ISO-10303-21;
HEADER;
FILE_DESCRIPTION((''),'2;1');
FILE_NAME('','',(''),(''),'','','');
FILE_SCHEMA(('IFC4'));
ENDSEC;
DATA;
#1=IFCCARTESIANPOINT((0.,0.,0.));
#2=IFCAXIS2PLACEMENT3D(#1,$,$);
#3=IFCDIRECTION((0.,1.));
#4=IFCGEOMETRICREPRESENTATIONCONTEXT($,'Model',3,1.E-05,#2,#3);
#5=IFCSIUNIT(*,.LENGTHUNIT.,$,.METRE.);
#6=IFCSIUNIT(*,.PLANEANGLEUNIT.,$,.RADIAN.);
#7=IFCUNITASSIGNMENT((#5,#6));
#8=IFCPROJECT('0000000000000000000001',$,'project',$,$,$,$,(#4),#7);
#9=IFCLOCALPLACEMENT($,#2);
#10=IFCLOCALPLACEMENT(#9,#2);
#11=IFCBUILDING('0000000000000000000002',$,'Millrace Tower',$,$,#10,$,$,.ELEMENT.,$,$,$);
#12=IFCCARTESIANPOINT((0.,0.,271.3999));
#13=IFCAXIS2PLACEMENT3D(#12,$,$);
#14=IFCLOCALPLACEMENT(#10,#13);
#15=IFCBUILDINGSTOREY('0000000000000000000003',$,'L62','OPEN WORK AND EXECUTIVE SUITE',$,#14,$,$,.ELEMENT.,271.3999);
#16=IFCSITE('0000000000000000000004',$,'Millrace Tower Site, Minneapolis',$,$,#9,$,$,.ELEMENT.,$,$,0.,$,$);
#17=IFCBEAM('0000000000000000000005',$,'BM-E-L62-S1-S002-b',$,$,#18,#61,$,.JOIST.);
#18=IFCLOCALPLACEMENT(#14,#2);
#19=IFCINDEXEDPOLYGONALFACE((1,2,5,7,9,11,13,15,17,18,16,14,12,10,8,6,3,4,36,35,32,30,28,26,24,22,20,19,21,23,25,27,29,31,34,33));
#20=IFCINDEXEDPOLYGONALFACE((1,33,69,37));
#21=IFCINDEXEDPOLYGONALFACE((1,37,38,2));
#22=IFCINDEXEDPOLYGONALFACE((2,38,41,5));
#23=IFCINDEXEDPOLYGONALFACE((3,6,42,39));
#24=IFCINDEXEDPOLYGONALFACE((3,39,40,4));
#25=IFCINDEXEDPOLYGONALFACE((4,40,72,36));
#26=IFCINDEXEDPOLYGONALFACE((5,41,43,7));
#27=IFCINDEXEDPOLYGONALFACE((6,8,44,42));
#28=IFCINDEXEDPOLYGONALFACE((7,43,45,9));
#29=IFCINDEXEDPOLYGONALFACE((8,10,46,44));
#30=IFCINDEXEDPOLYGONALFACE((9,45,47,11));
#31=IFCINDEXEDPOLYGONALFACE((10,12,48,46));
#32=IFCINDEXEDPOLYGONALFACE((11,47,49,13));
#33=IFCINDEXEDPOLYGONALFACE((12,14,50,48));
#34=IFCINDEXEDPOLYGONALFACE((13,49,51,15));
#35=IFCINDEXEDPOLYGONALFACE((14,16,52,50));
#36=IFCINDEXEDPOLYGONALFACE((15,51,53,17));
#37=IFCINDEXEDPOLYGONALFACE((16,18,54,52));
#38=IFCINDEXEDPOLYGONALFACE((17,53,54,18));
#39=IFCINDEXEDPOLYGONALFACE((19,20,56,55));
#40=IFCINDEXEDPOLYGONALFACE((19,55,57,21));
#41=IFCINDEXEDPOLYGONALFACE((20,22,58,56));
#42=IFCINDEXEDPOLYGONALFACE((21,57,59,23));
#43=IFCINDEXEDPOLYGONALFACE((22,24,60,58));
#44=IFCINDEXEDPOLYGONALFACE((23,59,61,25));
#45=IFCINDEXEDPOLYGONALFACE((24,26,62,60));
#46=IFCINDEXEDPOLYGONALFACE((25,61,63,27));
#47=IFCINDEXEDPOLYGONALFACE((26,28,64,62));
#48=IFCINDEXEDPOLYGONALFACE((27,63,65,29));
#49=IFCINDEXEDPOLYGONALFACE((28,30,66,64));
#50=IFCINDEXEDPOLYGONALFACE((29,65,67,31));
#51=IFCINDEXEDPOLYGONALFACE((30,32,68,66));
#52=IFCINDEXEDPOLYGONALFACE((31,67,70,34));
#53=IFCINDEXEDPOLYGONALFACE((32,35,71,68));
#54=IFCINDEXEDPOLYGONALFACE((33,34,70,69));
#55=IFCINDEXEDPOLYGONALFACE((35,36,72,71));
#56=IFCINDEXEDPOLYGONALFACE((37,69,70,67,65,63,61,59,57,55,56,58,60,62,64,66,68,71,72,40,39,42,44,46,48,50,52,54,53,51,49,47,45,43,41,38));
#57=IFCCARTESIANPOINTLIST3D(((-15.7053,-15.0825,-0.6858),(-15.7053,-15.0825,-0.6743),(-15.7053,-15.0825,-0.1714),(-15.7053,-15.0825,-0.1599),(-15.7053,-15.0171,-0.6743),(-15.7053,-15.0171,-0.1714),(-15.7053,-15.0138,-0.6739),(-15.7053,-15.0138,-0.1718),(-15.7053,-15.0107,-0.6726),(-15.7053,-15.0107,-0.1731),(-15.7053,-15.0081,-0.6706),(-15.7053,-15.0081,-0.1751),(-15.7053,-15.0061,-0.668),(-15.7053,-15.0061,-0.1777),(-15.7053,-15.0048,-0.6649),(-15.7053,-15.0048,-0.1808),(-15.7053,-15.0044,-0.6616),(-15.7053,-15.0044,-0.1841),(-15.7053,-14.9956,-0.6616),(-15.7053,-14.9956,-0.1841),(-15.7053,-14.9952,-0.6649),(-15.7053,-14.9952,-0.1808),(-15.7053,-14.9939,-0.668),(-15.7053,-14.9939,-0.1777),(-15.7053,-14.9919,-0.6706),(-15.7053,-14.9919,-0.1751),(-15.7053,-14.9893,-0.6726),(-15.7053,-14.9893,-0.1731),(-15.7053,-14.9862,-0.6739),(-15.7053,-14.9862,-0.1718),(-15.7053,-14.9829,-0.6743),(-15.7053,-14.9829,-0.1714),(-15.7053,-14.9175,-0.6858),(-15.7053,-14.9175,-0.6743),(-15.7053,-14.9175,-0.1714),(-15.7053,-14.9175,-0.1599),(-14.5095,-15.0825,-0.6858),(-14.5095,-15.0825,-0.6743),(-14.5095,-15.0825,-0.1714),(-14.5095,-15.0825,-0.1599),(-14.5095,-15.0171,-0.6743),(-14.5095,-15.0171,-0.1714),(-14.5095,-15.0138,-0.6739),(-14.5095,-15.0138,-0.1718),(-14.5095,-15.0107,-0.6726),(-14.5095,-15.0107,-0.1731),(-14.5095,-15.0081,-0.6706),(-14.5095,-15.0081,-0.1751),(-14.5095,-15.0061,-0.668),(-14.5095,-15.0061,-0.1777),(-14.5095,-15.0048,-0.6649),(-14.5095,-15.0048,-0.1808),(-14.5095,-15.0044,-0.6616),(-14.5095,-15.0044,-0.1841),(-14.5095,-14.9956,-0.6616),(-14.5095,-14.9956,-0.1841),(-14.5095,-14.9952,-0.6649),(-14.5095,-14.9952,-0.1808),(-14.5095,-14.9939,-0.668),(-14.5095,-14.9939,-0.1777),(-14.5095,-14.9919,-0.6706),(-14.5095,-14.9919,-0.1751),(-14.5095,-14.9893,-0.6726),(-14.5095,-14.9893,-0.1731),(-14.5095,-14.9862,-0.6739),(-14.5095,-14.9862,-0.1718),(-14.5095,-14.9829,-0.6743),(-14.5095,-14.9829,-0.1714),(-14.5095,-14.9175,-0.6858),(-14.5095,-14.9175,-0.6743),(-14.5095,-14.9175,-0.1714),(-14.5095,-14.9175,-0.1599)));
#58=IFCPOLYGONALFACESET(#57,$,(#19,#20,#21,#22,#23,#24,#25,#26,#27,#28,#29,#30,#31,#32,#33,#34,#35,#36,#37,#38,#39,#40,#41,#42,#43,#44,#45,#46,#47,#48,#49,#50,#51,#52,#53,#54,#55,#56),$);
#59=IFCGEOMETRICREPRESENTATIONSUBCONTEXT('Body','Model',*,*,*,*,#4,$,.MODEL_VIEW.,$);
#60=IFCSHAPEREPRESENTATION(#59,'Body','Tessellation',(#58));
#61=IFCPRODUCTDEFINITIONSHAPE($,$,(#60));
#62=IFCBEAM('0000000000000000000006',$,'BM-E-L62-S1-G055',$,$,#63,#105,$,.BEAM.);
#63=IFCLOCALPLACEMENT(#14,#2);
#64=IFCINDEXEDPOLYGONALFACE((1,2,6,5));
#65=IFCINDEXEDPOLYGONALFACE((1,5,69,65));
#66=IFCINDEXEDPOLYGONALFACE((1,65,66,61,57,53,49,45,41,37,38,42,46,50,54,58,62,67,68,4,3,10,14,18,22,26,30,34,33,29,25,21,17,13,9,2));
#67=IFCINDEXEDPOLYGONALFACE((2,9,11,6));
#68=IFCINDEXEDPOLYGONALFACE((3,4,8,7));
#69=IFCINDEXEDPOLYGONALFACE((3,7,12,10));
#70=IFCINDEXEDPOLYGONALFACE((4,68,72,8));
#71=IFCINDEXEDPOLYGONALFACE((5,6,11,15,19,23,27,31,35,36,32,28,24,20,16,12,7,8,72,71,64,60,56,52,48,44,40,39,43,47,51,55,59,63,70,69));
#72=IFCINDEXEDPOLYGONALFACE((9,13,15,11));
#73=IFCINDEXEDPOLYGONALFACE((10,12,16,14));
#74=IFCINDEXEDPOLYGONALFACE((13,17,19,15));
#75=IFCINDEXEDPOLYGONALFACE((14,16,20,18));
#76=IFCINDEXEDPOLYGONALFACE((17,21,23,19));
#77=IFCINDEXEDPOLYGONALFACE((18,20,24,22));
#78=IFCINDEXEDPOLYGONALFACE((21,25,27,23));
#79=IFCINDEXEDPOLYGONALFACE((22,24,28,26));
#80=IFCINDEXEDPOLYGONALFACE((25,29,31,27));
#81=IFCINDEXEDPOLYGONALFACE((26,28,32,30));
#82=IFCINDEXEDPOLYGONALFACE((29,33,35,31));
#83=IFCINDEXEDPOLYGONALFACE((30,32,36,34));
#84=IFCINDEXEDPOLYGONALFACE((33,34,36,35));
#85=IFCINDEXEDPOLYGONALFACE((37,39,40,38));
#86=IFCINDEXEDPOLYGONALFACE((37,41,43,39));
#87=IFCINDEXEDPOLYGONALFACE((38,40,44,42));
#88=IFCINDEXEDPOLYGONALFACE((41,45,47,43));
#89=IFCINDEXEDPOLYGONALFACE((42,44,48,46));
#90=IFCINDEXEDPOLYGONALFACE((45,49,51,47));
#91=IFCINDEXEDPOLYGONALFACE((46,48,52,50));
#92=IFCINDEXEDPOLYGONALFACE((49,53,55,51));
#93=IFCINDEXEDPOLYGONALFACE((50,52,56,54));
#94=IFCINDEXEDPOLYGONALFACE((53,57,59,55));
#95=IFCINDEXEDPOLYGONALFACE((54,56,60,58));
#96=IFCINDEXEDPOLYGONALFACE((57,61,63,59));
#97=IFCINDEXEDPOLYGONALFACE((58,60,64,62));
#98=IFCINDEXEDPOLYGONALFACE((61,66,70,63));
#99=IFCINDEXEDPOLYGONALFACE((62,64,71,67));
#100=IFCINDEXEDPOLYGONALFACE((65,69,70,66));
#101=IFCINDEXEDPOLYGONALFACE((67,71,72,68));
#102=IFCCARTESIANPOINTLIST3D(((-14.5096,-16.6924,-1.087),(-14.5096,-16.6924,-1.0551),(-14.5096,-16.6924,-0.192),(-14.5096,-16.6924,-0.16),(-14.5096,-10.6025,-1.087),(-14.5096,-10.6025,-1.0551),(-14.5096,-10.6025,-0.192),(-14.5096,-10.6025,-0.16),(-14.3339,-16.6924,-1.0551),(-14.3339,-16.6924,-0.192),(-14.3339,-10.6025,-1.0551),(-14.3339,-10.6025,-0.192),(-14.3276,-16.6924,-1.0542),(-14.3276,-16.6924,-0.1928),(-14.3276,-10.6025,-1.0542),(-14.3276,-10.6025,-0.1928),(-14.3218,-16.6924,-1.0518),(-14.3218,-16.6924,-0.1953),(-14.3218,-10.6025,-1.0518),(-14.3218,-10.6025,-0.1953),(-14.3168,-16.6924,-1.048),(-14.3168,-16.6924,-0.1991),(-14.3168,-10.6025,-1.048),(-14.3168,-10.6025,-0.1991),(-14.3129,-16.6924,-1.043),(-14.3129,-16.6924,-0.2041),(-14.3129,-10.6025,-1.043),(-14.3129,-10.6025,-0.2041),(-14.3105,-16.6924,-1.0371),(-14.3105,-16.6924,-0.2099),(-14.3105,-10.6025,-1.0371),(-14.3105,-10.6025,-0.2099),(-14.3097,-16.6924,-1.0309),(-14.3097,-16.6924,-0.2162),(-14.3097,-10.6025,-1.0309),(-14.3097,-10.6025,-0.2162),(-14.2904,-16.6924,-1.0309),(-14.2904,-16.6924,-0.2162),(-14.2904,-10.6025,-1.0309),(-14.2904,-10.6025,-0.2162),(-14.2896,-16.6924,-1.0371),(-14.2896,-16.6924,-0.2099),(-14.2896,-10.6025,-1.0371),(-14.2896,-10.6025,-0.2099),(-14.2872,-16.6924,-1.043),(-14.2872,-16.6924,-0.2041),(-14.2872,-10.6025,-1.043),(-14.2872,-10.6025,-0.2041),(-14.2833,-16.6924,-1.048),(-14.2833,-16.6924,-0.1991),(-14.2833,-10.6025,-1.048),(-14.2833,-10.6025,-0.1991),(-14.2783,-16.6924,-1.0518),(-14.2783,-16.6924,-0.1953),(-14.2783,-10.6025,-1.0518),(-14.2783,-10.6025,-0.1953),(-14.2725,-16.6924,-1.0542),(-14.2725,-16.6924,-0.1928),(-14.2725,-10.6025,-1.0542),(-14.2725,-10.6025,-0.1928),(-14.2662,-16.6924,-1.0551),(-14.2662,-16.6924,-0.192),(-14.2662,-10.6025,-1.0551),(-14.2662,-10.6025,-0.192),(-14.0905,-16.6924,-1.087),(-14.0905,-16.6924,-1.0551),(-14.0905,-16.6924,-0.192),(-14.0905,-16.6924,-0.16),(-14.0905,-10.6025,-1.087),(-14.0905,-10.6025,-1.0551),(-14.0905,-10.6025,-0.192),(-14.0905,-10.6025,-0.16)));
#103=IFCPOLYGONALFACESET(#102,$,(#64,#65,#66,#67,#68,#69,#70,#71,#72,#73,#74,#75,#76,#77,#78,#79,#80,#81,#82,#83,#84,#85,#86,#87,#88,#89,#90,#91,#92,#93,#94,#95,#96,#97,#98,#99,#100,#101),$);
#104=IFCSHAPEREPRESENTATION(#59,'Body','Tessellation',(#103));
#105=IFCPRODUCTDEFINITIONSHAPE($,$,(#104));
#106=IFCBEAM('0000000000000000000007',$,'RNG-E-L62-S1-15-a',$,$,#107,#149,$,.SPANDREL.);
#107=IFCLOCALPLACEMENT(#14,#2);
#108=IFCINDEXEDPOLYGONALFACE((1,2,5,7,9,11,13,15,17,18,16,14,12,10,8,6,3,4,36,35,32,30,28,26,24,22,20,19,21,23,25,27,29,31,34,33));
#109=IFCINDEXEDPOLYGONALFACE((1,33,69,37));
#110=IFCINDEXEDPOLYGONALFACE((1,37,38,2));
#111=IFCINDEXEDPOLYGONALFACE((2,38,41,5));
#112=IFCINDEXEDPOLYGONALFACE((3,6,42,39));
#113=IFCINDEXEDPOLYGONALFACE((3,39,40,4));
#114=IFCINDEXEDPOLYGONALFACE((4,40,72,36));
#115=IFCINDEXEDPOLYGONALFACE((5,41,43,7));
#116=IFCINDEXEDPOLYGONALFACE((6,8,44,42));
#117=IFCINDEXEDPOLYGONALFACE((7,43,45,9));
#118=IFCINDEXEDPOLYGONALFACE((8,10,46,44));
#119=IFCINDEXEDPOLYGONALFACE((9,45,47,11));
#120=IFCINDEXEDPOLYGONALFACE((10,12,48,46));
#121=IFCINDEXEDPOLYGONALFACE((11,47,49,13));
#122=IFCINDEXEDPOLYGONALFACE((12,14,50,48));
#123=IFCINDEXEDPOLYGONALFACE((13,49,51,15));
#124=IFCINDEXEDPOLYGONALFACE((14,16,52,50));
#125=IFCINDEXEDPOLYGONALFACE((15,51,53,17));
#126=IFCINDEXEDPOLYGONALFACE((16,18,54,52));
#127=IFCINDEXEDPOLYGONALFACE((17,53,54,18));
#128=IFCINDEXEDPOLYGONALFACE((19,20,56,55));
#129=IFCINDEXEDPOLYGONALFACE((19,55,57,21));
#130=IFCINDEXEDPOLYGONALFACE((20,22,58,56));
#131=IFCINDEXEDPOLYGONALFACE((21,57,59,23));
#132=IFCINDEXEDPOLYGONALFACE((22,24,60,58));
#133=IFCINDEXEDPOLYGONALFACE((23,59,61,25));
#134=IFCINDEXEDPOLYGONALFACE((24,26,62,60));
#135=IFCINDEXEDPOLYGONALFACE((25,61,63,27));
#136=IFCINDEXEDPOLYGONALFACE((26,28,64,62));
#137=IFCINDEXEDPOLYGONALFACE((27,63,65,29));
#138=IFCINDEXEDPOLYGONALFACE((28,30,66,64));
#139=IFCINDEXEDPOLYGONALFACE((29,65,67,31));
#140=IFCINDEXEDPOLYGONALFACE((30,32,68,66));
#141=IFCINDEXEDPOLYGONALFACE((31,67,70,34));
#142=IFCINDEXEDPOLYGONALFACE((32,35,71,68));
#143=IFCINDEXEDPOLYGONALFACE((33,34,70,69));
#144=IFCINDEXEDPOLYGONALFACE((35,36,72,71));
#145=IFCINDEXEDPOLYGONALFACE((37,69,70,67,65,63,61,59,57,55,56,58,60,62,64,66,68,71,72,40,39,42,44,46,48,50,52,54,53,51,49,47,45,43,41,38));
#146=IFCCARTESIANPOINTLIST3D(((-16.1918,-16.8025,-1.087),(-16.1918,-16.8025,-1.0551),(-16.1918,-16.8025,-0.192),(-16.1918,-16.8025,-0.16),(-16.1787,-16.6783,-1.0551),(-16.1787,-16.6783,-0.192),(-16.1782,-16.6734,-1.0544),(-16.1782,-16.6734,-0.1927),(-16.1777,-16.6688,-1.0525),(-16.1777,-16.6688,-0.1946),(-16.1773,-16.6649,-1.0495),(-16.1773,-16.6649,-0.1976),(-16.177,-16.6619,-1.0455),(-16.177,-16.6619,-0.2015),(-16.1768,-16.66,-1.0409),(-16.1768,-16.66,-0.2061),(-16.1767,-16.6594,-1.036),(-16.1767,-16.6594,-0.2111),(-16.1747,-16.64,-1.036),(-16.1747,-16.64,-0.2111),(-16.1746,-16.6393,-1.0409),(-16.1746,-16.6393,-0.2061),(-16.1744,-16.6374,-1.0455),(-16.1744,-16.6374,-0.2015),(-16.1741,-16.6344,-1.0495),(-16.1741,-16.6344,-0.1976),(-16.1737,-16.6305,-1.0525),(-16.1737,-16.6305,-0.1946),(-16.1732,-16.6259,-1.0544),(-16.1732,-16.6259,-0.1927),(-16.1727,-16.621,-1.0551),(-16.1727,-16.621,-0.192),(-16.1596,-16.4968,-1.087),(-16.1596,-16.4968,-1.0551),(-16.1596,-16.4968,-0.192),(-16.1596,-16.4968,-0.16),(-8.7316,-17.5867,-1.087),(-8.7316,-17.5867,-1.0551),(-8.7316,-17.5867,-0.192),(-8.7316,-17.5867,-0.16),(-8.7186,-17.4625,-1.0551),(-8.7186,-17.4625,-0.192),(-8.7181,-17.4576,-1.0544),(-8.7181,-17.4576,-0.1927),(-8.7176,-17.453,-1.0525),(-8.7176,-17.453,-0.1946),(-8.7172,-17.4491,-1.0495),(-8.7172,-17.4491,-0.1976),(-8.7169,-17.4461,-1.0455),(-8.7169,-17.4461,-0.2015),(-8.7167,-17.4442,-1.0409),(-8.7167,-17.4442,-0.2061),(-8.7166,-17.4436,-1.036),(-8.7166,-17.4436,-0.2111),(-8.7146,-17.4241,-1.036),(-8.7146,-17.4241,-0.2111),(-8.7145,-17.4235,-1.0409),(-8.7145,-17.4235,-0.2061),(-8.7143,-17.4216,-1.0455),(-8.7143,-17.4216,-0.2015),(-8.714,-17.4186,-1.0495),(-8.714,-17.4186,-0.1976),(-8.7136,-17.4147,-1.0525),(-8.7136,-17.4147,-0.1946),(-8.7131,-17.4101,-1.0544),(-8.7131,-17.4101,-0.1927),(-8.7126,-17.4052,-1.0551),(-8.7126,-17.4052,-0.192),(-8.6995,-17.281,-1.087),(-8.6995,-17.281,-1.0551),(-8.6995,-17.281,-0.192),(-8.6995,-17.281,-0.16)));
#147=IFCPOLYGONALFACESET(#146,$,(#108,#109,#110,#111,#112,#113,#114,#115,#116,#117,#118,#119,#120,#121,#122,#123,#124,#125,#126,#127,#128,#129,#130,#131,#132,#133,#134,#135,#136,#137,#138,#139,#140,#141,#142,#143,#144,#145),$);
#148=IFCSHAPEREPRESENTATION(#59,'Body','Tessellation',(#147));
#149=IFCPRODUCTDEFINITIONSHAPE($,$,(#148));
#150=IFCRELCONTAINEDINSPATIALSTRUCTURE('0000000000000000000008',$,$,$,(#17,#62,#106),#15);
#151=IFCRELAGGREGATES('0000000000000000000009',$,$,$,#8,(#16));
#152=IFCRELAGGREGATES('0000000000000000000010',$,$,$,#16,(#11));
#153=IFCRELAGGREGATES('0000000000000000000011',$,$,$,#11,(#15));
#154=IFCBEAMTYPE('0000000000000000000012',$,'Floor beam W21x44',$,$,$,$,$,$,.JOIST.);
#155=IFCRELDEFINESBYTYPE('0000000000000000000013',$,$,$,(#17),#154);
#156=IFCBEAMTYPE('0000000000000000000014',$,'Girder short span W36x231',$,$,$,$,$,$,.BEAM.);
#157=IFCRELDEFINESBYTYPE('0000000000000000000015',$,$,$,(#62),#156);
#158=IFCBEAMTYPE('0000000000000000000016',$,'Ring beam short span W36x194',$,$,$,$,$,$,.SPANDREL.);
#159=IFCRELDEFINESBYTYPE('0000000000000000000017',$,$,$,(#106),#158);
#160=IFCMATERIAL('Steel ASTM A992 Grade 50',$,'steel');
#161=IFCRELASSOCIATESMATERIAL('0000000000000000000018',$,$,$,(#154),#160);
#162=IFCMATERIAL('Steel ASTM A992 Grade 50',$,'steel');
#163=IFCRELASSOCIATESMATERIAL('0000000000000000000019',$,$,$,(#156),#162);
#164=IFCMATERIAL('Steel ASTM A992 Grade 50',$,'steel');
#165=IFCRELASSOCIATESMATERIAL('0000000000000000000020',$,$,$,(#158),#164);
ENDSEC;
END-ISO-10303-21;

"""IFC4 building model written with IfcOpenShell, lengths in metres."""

from ifc_helpers import new_model, si_unit, direction, frame, origin, origin_2d, place, context, subcontext, project, spatial, i_section, extrude, material, material_profile, profile_set, type_object, element, save


model = new_model("IFC4")

# Units and contexts
model_context = context("Model", 3, precision=1e-05, world=origin(), true_north=direction((0.0, 1.0)))
body_context = subcontext(model_context, "Body", "Model", "MODEL_VIEW")
ifc_project = project(units=[si_unit("LENGTHUNIT", "METRE"), si_unit("PLANEANGLEUNIT", "RADIAN")], contexts=[model_context])

# Site, building, storey
site_placement = place(None, origin())
site = spatial("IfcSite", under=ifc_project, at=site_placement, Name="Millrace Tower Site, Minneapolis", CompositionType="ELEMENT", RefElevation=0.0)
building_placement = place(site_placement, origin())
building = spatial("IfcBuilding", under=site, at=building_placement, Name="Millrace Tower", CompositionType="ELEMENT")
storey_placement = place(building_placement, frame((0.0, 0.0, 271.3999)))
storey = spatial("IfcBuildingStorey", under=building, at=storey_placement, Name="L62", Description="OPEN WORK AND EXECUTIVE SUITE", CompositionType="ELEMENT", Elevation=271.3999)

# Beams
ifc_material_1 = material(Name="Steel ASTM A992 Grade 50", Category="steel")
ifc_material_profile_1 = material_profile(ifc_material_1, i_section(OverallWidth=0.165, OverallDepth=0.5259, WebThickness=0.0088, FlangeThickness=0.0115, FilletRadius=0.0127, at=origin_2d()))
ifc_profile_set_1 = profile_set([ifc_material_profile_1], Name="Steel ASTM A992 Grade 50")
beam_type_1 = type_object("IfcBeamType", Name="Floor beam W21x44", PredefinedType="JOIST", material=ifc_profile_set_1)
beam_1_placement = place(storey_placement, frame((-15.7053, -15.0, -0.4229), z_axis=(1.0, 0.0, 0.0), x_axis=(0.0, 1.0, 0.0)))
element("IfcBeam", 1, at=beam_1_placement, inside=storey, type_object=beam_type_1, Name="BM-E-L62-S1-S002-b", PredefinedType="JOIST", context=body_context, shape_type="SweptSolid", body=[
    extrude(i_section(OverallWidth=0.165, OverallDepth=0.5259, WebThickness=0.0088, FlangeThickness=0.0115, FilletRadius=0.0127, at=origin_2d()), origin(), (0.0, 0.0, 1.0), 1.1958),
])
ifc_material_2 = material(Name="Steel ASTM A992 Grade 50", Category="steel")
ifc_material_profile_2 = material_profile(ifc_material_2, i_section(OverallWidth=0.4192, OverallDepth=0.927, WebThickness=0.0193, FlangeThickness=0.032, FilletRadius=0.0242, at=origin_2d()))
ifc_profile_set_2 = profile_set([ifc_material_profile_2], Name="Steel ASTM A992 Grade 50")
beam_type_2 = type_object("IfcBeamType", Name="Girder short span W36x231", PredefinedType="BEAM", material=ifc_profile_set_2)
beam_2_placement = place(storey_placement, frame((-14.3, -16.6924, -0.6235), z_axis=(0.0, 1.0, 0.0), x_axis=(-1.0, 0.0, 0.0)))
element("IfcBeam", 2, at=beam_2_placement, inside=storey, type_object=beam_type_2, Name="BM-E-L62-S1-G055", PredefinedType="BEAM", context=body_context, shape_type="SweptSolid", body=[
    extrude(i_section(OverallWidth=0.4192, OverallDepth=0.927, WebThickness=0.0193, FlangeThickness=0.032, FilletRadius=0.0242, at=origin_2d()), origin(), (0.0, 0.0, 1.0), 6.0898),
])
ifc_material_3 = material(Name="Steel ASTM A992 Grade 50", Category="steel")
ifc_material_profile_3 = material_profile(ifc_material_3, i_section(OverallWidth=0.3074, OverallDepth=0.927, WebThickness=0.0195, FlangeThickness=0.032, FilletRadius=0.019, at=origin_2d()))
ifc_profile_set_3 = profile_set([ifc_material_profile_3], Name="Steel ASTM A992 Grade 50")
beam_type_3 = type_object("IfcBeamType", Name="Ring beam short span W36x194", PredefinedType="SPANDREL", material=ifc_profile_set_3)
beam_3_placement = place(storey_placement, frame((-8.7156, -17.4338, -0.6235), z_axis=(-0.994521, 0.104539, 0.0), x_axis=(-0.104539, -0.994521, 0.0)))
element("IfcBeam", 3, at=beam_3_placement, inside=storey, type_object=beam_type_3, Name="RNG-E-L62-S1-15-a", PredefinedType="SPANDREL", context=body_context, shape_type="SweptSolid", body=[
    extrude(i_section(OverallWidth=0.3074, OverallDepth=0.927, WebThickness=0.0195, FlangeThickness=0.032, FilletRadius=0.019, at=origin_2d()), origin(), (0.0, 0.0, 1.0), 7.5012),
])

save(model, "model.ifc")
